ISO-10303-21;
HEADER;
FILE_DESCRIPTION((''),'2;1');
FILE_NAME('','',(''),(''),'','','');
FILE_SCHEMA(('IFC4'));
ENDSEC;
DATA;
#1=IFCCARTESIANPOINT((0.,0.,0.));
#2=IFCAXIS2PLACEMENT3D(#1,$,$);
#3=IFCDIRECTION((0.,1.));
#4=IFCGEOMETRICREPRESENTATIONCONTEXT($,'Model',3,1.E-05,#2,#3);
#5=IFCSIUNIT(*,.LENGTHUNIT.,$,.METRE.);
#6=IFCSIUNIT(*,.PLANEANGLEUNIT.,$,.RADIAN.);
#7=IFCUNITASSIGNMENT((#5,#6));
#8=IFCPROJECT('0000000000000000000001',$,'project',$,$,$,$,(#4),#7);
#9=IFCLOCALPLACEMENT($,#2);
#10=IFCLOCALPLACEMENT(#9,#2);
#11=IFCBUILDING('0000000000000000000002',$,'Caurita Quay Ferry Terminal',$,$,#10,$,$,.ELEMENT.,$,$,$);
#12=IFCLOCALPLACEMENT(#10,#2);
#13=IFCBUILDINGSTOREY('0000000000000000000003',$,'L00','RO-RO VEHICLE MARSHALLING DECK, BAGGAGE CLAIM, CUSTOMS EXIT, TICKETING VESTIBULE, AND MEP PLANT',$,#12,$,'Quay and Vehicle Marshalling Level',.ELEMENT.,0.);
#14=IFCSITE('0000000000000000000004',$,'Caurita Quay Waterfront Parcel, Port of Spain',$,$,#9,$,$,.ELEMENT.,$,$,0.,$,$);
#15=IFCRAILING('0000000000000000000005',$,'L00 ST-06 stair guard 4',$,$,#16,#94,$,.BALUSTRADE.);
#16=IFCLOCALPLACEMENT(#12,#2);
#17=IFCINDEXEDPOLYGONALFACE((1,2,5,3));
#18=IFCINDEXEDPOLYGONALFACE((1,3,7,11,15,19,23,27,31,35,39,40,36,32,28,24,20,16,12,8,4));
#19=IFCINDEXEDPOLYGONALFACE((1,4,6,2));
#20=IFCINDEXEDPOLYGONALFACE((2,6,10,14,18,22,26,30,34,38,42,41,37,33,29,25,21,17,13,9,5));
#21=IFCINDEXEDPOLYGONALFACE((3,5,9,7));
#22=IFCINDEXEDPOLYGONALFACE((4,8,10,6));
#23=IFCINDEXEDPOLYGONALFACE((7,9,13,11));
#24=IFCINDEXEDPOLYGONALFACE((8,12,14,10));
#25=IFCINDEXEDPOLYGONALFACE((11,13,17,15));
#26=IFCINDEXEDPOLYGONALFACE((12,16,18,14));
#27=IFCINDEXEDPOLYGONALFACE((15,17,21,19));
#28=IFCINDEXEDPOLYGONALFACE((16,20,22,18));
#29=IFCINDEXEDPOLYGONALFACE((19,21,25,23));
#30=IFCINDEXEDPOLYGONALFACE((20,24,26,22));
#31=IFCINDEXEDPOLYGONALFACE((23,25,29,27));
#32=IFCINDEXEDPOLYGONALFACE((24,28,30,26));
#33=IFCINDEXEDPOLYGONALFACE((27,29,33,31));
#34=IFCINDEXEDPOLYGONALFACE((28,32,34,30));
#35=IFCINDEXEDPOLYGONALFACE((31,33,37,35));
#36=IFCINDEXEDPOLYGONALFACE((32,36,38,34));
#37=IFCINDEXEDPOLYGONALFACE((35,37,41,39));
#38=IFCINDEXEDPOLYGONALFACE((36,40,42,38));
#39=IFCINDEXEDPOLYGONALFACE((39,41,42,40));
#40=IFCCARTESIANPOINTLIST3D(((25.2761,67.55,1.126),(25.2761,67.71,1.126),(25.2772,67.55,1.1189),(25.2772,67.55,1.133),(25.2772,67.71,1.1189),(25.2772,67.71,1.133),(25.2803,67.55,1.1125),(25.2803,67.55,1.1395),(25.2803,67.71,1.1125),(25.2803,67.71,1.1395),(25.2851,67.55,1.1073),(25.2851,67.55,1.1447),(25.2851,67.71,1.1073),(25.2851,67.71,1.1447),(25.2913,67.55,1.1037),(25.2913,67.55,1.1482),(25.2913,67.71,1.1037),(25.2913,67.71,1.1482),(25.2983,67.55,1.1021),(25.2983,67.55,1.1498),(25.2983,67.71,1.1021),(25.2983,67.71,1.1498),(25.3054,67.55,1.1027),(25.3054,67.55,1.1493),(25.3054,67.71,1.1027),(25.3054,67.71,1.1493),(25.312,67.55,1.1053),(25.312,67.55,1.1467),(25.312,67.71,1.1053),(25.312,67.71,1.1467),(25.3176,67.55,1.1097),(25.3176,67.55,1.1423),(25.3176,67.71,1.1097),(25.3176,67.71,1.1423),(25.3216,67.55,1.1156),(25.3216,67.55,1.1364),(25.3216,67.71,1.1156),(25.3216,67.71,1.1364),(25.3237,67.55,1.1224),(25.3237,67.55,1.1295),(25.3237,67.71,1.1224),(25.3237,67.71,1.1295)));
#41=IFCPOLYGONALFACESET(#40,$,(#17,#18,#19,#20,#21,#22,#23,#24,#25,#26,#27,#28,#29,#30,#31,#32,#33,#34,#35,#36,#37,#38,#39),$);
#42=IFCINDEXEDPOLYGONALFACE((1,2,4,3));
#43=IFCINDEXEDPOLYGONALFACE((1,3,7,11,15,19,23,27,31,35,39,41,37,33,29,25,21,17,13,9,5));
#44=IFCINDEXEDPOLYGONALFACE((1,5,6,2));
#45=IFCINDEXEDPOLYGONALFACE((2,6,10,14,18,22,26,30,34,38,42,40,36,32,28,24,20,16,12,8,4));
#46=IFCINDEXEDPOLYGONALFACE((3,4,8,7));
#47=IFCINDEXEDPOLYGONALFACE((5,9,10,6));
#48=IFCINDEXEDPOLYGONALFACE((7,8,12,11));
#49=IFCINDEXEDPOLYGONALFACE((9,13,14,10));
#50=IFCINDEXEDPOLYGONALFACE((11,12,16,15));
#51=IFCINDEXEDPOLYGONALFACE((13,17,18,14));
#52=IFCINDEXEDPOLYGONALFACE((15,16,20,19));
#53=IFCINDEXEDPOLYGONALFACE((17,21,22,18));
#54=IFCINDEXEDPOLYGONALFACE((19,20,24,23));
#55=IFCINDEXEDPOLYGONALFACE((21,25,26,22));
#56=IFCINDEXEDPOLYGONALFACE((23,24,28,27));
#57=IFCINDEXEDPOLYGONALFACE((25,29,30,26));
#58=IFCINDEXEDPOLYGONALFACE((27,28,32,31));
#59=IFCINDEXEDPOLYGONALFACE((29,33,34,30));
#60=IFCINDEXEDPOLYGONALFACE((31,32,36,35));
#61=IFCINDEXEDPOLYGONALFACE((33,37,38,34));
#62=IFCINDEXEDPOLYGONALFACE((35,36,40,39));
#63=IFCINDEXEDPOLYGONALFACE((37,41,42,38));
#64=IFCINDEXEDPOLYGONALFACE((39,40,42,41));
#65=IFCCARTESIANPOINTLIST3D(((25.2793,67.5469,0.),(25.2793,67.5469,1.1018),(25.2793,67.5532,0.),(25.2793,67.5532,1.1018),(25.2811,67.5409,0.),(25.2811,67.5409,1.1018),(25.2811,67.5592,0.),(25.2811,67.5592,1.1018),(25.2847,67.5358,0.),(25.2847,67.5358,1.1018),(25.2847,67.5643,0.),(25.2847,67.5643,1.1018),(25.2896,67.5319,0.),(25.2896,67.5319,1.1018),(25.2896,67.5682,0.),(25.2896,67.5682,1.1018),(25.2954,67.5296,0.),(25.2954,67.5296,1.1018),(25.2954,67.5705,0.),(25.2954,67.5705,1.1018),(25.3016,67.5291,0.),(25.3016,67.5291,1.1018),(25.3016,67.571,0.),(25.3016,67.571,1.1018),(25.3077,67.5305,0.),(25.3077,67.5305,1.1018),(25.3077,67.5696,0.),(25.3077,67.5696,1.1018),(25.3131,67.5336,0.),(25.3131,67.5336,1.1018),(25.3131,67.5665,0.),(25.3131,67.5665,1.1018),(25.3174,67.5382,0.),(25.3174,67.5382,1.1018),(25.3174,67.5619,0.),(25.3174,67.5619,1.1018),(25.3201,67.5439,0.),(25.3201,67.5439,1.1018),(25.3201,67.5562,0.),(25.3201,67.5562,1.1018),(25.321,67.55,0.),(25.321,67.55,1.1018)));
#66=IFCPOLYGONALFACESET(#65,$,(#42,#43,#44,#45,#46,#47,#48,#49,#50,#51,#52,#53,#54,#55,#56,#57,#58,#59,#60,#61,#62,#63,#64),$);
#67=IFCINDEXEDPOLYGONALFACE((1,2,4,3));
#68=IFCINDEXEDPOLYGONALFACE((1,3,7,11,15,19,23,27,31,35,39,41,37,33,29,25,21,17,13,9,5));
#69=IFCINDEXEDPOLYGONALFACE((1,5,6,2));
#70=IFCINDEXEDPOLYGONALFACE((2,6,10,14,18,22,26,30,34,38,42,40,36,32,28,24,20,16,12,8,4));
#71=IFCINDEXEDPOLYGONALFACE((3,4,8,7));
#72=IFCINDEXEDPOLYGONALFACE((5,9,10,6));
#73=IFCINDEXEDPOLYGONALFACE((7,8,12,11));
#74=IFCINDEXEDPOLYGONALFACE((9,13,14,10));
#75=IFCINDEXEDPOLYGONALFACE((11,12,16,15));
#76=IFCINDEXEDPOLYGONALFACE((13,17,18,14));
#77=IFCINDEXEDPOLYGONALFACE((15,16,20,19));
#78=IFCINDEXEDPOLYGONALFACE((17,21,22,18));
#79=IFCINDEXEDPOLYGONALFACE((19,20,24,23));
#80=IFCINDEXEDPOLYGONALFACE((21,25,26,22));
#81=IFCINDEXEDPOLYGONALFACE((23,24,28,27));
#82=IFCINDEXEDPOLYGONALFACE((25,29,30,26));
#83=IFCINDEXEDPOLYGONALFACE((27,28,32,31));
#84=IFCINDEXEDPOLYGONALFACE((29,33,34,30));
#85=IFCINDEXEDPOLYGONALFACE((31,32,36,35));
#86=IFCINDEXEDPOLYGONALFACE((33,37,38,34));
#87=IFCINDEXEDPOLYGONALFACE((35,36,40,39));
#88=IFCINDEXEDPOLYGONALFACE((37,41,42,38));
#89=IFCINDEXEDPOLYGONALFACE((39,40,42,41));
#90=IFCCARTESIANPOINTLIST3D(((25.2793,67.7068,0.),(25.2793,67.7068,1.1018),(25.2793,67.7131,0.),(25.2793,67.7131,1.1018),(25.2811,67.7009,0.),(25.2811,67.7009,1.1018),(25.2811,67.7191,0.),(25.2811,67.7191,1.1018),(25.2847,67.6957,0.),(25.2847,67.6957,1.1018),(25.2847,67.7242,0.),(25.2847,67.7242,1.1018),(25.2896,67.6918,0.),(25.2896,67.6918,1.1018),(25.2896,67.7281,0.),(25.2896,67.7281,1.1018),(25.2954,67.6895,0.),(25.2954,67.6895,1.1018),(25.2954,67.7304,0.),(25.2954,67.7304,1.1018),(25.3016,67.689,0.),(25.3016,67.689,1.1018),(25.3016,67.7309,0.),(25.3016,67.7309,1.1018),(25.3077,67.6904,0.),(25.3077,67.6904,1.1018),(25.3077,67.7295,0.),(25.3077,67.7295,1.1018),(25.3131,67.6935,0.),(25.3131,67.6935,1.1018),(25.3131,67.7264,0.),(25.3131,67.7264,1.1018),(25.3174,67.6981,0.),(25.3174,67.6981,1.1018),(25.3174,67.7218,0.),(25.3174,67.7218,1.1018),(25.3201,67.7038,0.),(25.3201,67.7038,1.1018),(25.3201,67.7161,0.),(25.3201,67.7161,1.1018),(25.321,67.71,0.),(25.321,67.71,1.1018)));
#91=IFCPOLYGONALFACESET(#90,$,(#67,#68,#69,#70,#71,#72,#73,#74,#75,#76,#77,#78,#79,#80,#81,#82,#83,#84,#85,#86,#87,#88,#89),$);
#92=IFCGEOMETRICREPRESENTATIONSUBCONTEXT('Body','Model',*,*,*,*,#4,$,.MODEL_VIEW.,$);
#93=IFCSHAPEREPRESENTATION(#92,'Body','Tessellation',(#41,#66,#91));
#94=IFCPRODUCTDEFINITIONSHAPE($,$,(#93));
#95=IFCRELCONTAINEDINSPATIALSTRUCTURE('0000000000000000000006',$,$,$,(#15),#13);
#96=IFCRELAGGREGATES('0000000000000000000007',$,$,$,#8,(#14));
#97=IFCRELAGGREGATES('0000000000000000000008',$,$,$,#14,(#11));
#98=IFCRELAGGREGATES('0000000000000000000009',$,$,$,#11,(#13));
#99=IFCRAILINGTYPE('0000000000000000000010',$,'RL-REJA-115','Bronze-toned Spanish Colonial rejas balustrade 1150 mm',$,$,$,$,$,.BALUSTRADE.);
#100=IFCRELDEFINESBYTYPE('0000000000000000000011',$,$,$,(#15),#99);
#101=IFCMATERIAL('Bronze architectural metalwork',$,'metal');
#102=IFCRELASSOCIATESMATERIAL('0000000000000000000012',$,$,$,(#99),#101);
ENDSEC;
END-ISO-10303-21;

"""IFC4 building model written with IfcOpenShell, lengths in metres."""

from ifc_helpers import new_model, si_unit, direction, frame, origin, origin_2d, place, context, subcontext, project, spatial, circle, extrude, material, type_object, element, save


model = new_model("IFC4")

# Units and contexts
model_context = context("Model", 3, precision=1e-05, world=origin(), true_north=direction((0.0, 1.0)))
body_context = subcontext(model_context, "Body", "Model", "MODEL_VIEW")
ifc_project = project(units=[si_unit("LENGTHUNIT", "METRE"), si_unit("PLANEANGLEUNIT", "RADIAN")], contexts=[model_context])

# Site, building, storey
site_placement = place(None, origin())
site = spatial("IfcSite", under=ifc_project, at=site_placement, Name="Caurita Quay Waterfront Parcel, Port of Spain", CompositionType="ELEMENT", RefElevation=0.0)
building_placement = place(site_placement, origin())
building = spatial("IfcBuilding", under=site, at=building_placement, Name="Caurita Quay Ferry Terminal", CompositionType="ELEMENT")
storey_placement = place(building_placement, origin())
storey = spatial("IfcBuildingStorey", under=building, at=storey_placement, Name="L00", Description="RO-RO VEHICLE MARSHALLING DECK, BAGGAGE CLAIM, CUSTOMS EXIT, TICKETING VESTIBULE, AND MEP PLANT", LongName="Quay and Vehicle Marshalling Level", CompositionType="ELEMENT", Elevation=0.0)

# Railing
ifc_material_1 = material(Name="Bronze architectural metalwork", Category="metal")
railing_type_1 = type_object("IfcRailingType", Name="RL-REJA-115", Description="Bronze-toned Spanish Colonial rejas balustrade 1150 mm", PredefinedType="BALUSTRADE", material=ifc_material_1)
railing_1_placement = place(storey_placement, frame((25.3, 67.55, 0.0)))
element("IfcRailing", 1, at=railing_1_placement, inside=storey, type_object=railing_type_1, Name="L00 ST-06 stair guard 4", PredefinedType="BALUSTRADE", context=body_context, shape_type="SweptSolid", body=[
    extrude(circle(Radius=0.0239, at=origin_2d()), frame((0.0, 0.0, 1.126), z_axis=(0.0, 1.0, 0.0), x_axis=(-1.0, 0.0, 0.0)), (0.0, 0.0, 1.0), 0.1599),
    extrude(circle(Radius=0.021, at=origin_2d()), origin(), (0.0, 0.0, 1.0), 1.1018),
    extrude(circle(Radius=0.021, at=origin_2d()), frame((0.0, 0.1599, 0.0)), (0.0, 0.0, 1.0), 1.1018),
])

save(model, "model.ifc")
